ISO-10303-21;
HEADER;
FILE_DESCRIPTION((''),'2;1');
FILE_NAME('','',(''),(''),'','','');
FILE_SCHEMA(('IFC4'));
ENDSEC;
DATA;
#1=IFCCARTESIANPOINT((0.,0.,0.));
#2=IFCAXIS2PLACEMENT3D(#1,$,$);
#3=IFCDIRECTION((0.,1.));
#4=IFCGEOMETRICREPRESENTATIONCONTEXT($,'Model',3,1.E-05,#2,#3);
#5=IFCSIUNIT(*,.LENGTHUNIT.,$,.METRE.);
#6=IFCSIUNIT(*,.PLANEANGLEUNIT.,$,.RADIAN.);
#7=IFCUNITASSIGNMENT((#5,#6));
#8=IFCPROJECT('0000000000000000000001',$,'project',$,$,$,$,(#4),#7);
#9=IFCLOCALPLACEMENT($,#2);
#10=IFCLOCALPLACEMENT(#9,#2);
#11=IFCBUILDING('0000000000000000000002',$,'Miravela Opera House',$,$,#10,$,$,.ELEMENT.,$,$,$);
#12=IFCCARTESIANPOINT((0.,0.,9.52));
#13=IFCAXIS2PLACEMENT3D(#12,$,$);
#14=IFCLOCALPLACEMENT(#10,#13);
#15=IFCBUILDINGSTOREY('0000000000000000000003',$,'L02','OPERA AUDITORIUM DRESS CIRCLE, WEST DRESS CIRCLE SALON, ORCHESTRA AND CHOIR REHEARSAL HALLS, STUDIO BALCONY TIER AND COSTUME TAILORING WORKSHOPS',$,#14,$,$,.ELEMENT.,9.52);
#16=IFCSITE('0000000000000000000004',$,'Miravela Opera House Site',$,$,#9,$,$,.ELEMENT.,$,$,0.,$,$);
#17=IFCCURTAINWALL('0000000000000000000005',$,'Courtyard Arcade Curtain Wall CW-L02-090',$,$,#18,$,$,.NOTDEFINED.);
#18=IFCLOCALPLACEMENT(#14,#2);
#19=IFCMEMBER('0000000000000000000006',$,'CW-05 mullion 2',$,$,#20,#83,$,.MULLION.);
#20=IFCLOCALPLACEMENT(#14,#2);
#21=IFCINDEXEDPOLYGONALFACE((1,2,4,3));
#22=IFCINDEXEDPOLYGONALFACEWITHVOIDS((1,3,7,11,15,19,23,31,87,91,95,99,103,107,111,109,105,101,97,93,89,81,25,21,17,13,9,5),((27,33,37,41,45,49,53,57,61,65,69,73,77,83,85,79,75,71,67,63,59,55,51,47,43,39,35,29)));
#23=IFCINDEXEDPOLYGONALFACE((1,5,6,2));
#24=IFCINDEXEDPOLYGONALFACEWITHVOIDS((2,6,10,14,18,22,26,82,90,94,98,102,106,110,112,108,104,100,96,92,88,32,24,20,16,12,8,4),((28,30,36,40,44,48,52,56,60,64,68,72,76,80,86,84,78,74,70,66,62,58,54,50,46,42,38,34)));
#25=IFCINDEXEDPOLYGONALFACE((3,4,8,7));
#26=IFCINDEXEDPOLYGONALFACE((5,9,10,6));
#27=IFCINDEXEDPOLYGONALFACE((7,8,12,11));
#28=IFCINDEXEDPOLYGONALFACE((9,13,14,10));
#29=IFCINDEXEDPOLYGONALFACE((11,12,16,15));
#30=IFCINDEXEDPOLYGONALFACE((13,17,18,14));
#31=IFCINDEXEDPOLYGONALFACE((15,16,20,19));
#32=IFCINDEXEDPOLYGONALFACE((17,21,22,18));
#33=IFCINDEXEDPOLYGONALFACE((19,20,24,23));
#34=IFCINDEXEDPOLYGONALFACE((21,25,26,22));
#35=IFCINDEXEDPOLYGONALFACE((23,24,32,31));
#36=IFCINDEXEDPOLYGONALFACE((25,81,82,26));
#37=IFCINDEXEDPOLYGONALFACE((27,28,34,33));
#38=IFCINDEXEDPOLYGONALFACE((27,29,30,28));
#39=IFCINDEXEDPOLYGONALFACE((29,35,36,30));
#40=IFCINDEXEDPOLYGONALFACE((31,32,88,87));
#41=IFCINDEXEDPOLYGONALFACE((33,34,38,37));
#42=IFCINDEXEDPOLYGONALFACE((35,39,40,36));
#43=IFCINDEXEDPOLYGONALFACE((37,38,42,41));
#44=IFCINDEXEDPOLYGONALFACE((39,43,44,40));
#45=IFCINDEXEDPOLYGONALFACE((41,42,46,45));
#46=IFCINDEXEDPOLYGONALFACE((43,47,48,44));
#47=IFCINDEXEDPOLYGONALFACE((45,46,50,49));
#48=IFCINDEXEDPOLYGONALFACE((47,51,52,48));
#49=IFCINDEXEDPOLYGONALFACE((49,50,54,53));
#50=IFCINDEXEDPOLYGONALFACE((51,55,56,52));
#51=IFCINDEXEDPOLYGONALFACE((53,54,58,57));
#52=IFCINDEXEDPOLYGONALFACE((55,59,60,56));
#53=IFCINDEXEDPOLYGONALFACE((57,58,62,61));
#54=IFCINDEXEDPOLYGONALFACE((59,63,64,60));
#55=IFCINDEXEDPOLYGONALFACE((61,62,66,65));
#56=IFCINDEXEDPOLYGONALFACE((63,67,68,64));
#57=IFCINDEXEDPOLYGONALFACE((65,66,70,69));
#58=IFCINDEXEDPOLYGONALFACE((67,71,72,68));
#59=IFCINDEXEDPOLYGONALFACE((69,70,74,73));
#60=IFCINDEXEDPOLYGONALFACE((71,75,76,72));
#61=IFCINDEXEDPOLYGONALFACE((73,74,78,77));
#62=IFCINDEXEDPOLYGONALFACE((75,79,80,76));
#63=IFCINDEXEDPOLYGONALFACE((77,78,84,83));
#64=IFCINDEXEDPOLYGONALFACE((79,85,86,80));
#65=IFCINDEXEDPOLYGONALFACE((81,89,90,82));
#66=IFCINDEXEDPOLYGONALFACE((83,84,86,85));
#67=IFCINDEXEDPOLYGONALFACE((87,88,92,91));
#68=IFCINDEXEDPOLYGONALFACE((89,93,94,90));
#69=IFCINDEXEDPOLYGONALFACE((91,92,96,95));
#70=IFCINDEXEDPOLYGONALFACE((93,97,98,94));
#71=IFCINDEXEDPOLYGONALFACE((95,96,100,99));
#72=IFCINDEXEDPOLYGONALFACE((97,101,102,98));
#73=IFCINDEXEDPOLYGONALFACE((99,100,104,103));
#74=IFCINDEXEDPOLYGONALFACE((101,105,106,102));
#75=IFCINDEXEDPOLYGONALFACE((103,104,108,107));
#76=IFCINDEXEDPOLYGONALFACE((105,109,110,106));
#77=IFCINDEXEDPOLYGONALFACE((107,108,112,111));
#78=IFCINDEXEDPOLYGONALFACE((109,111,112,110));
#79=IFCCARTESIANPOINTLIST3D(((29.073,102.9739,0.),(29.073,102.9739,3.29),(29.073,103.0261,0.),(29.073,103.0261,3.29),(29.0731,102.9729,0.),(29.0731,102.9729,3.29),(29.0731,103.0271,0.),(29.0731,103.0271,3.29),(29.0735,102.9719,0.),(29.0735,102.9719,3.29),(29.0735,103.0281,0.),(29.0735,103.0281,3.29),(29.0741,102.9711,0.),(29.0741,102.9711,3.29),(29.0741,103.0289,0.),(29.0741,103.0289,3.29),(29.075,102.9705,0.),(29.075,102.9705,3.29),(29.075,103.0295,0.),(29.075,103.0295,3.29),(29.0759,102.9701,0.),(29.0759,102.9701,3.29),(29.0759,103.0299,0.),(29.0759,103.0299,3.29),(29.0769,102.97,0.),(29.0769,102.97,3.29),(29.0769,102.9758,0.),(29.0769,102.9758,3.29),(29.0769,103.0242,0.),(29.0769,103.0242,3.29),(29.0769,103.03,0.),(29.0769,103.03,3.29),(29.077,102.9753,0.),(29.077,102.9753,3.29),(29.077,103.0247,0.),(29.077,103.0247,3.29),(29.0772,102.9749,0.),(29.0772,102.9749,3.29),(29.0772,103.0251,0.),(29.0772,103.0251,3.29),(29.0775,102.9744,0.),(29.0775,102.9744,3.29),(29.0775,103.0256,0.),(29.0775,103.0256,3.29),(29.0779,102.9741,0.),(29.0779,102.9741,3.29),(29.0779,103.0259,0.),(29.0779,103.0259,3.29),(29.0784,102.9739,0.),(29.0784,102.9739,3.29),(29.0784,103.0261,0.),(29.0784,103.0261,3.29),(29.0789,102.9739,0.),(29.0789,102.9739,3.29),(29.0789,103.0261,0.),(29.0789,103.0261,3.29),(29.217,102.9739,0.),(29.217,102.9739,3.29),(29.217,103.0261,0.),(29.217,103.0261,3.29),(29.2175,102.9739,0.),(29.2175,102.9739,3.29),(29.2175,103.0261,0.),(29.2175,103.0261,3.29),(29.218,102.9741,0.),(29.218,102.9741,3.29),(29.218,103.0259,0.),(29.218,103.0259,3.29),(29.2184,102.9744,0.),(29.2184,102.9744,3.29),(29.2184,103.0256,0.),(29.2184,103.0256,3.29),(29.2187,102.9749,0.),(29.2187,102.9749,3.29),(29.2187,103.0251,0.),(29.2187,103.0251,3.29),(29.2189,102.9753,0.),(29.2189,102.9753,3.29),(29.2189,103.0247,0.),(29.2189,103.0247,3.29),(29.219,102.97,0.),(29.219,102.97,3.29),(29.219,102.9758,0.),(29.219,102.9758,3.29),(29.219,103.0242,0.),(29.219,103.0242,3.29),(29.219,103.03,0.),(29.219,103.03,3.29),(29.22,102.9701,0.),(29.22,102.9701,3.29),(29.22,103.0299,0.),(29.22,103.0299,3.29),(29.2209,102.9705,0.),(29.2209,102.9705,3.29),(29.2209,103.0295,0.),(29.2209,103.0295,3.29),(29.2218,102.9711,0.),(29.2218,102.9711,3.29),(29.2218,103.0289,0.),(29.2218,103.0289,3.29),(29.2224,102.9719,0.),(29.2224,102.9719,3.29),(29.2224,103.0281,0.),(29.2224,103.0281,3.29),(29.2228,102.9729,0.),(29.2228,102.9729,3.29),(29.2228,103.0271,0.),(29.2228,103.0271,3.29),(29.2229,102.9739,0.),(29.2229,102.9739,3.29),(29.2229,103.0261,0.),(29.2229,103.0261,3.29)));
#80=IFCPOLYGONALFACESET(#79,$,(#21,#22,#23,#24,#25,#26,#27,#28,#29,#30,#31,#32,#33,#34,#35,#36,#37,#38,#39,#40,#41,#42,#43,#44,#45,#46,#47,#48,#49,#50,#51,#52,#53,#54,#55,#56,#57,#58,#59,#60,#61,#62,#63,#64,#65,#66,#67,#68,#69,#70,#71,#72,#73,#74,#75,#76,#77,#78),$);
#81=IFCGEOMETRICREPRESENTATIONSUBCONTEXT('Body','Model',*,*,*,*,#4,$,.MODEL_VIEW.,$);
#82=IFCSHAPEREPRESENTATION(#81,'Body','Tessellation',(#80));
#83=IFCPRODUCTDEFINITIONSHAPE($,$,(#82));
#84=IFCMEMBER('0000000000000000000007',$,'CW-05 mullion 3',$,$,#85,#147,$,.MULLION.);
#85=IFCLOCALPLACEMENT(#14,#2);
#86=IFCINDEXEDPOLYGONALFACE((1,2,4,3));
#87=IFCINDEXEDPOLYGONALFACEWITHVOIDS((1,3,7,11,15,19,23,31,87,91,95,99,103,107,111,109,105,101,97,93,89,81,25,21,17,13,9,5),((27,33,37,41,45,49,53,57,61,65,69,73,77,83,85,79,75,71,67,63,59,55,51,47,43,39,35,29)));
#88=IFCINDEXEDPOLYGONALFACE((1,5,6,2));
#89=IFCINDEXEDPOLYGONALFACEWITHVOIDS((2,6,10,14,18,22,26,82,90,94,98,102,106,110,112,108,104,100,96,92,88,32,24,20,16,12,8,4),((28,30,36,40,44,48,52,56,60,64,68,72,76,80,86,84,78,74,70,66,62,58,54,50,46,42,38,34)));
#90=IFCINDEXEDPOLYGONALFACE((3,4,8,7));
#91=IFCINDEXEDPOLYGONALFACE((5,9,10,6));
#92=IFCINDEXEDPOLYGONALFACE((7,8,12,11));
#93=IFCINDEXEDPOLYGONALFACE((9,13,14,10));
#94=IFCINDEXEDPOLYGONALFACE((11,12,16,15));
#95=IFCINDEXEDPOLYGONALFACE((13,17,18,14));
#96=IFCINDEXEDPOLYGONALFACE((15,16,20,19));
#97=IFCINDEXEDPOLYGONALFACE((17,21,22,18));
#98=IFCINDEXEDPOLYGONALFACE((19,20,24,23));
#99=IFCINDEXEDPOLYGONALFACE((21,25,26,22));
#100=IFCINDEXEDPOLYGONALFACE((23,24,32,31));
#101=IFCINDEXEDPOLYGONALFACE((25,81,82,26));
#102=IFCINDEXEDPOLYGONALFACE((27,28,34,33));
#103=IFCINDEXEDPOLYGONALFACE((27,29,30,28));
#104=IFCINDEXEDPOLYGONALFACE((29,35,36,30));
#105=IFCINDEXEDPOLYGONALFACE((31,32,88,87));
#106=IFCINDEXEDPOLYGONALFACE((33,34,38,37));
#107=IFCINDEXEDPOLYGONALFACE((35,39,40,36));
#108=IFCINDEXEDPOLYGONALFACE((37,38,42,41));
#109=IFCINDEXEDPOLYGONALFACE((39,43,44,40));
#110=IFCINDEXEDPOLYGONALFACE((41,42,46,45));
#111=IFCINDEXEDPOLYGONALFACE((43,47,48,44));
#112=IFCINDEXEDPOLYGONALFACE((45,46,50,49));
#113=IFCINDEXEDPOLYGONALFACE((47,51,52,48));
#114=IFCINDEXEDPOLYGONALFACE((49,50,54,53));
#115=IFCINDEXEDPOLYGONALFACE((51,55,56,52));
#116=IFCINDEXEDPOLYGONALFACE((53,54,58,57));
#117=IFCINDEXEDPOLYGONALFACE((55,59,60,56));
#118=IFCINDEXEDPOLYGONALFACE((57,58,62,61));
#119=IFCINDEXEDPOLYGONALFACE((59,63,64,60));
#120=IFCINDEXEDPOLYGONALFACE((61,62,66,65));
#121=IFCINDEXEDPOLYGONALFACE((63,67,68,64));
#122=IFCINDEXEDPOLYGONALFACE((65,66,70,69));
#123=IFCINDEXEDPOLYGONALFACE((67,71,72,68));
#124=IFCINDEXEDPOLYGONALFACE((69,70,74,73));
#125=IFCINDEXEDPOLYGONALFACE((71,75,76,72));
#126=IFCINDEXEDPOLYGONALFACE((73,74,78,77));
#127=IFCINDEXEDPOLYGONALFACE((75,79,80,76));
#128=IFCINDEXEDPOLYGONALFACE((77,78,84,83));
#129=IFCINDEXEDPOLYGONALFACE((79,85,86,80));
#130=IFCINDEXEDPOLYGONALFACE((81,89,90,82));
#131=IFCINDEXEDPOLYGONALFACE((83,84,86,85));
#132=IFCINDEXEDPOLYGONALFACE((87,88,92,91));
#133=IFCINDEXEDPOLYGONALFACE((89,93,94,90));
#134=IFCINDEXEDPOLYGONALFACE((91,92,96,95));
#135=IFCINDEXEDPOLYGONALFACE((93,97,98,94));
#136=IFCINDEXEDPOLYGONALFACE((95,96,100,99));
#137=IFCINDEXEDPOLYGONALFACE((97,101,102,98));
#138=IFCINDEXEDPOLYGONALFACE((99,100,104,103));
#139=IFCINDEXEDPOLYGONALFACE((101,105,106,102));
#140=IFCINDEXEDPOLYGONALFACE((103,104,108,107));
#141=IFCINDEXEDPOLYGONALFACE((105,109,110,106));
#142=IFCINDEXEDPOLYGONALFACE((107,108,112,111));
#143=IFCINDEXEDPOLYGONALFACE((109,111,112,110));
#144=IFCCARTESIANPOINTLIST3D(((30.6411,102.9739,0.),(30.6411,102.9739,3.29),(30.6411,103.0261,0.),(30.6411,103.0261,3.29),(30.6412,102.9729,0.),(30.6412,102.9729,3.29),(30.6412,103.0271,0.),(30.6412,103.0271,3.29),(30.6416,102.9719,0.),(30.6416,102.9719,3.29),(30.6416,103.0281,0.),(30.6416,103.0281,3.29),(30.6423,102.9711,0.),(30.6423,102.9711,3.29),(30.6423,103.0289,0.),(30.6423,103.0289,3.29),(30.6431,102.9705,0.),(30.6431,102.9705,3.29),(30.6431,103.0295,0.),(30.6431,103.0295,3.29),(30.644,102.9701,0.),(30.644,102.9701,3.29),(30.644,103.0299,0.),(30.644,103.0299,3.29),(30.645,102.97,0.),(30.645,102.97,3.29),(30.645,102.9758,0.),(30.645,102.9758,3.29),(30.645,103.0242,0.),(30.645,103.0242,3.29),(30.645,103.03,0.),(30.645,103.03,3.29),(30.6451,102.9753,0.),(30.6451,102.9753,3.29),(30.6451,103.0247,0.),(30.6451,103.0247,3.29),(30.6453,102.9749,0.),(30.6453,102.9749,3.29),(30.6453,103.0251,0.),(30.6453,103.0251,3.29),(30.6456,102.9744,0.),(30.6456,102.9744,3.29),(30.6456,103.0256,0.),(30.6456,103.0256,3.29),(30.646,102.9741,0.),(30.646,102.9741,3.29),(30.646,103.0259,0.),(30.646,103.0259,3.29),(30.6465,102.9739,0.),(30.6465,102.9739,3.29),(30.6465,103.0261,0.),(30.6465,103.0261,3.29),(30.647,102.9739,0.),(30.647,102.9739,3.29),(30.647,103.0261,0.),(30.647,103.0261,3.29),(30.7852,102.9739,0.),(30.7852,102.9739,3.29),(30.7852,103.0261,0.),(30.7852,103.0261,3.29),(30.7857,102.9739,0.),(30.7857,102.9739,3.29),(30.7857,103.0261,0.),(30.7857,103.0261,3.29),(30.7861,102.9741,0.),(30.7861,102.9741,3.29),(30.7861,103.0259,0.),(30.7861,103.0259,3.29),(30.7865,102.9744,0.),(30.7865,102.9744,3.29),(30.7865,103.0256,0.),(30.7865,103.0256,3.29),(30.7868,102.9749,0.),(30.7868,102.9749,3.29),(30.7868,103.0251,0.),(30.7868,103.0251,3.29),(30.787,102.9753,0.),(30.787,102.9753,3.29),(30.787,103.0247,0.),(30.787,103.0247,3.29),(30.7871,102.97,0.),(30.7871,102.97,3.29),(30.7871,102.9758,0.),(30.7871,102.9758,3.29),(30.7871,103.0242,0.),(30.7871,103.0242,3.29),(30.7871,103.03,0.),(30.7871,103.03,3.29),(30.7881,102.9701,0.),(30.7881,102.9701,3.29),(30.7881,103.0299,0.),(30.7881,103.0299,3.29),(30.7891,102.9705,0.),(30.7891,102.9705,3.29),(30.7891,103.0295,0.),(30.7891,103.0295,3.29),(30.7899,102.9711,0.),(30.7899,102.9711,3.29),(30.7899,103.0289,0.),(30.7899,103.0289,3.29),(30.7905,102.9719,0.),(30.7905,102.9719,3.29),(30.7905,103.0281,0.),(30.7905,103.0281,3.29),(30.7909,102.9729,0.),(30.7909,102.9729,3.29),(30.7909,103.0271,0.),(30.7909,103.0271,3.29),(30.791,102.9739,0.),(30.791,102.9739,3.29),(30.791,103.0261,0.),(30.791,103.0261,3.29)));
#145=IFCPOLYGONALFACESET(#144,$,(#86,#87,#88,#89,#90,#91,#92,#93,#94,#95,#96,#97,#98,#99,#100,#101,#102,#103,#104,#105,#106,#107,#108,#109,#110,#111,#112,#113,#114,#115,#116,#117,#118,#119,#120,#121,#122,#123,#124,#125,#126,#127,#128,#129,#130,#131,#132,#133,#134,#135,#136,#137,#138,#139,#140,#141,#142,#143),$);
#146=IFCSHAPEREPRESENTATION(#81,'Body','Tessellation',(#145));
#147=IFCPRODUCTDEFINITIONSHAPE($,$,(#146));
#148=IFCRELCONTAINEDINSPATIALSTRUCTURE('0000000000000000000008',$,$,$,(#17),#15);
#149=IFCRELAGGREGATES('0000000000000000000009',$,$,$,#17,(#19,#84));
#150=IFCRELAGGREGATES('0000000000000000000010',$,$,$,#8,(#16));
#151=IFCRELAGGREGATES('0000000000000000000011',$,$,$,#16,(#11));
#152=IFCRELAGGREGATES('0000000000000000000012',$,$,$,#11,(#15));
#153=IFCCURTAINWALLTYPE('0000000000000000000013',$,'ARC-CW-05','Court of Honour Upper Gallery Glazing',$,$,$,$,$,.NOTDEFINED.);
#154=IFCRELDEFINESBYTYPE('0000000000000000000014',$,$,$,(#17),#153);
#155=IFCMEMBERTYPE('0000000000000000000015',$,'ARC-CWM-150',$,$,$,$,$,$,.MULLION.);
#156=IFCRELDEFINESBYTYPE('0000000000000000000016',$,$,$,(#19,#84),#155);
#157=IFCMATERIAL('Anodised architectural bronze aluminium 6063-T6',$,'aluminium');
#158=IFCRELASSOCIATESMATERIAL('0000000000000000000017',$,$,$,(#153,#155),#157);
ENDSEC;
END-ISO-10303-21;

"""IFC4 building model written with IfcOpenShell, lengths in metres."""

from ifc_helpers import new_model, si_unit, direction, frame, origin, origin_2d, place, context, subcontext, project, spatial, hollow_rectangle, extrude, material, material_profile, profile_set, type_object, element, aggregate, save


model = new_model("IFC4")

# Units and contexts
model_context = context("Model", 3, precision=1e-05, world=origin(), true_north=direction((0.0, 1.0)))
body_context = subcontext(model_context, "Body", "Model", "MODEL_VIEW")
ifc_project = project(units=[si_unit("LENGTHUNIT", "METRE"), si_unit("PLANEANGLEUNIT", "RADIAN")], contexts=[model_context])

# Site, building, storey
site_placement = place(None, origin())
site = spatial("IfcSite", under=ifc_project, at=site_placement, Name="Miravela Opera House Site", CompositionType="ELEMENT", RefElevation=0.0)
building_placement = place(site_placement, origin())
building = spatial("IfcBuilding", under=site, at=building_placement, Name="Miravela Opera House", CompositionType="ELEMENT")
storey_placement = place(building_placement, frame((0.0, 0.0, 9.52)))
storey = spatial("IfcBuildingStorey", under=building, at=storey_placement, Name="L02", Description="OPERA AUDITORIUM DRESS CIRCLE, WEST DRESS CIRCLE SALON, ORCHESTRA AND CHOIR REHEARSAL HALLS, STUDIO BALCONY TIER AND COSTUME TAILORING WORKSHOPS", CompositionType="ELEMENT", Elevation=9.52)

# Curtain wall, members
ifc_material_1 = material(Name="Anodised architectural bronze aluminium 6063-T6", Category="aluminium")
curtain_wall_type = type_object("IfcCurtainWallType", Name="ARC-CW-05", Description="Court of Honour Upper Gallery Glazing", PredefinedType="NOTDEFINED", material=ifc_material_1)
curtain_wall_placement = place(storey_placement, origin())
curtain_wall = element("IfcCurtainWall", 1, at=curtain_wall_placement, inside=storey, type_object=curtain_wall_type, Name="Courtyard Arcade Curtain Wall CW-L02-090", PredefinedType="NOTDEFINED")
ifc_material_profile_1 = material_profile(ifc_material_1, hollow_rectangle(XDim=0.0601, YDim=0.1499, WallThickness=0.0039, InnerFilletRadius=0.002, OuterFilletRadius=0.0039, at=origin_2d()), Name="CWM-60X150")
ifc_profile_set_1 = profile_set([ifc_material_profile_1])
member_type_1 = type_object("IfcMemberType", Name="ARC-CWM-150", PredefinedType="MULLION", material=ifc_profile_set_1)
member_1_placement = place(storey_placement, frame((29.1479, 103.0, 0.0), z_axis=(0.0, 0.0, 1.0), x_axis=(0.0, 1.0, 0.0)))
member_1 = element("IfcMember", 2, at=member_1_placement, type_object=member_type_1, Name="CW-05 mullion 2", PredefinedType="MULLION", context=body_context, shape_type="SweptSolid", body=[
    extrude(hollow_rectangle(XDim=0.0601, YDim=0.1499, WallThickness=0.0039, InnerFilletRadius=0.002, OuterFilletRadius=0.0039, at=origin_2d()), origin(), (0.0, 0.0, 1.0), 3.29),
])
member_2_placement = place(storey_placement, frame((30.7161, 103.0, 0.0), z_axis=(0.0, 0.0, 1.0), x_axis=(0.0, 1.0, 0.0)))
member_2 = element("IfcMember", 3, at=member_2_placement, type_object=member_type_1, Name="CW-05 mullion 3", PredefinedType="MULLION", context=body_context, shape_type="SweptSolid", body=[
    extrude(hollow_rectangle(XDim=0.0601, YDim=0.1499, WallThickness=0.0039, InnerFilletRadius=0.002, OuterFilletRadius=0.0039, at=origin_2d()), origin(), (0.0, 0.0, 1.0), 3.29),
])
aggregate(curtain_wall, [member_1, member_2])

save(model, "model.ifc")
